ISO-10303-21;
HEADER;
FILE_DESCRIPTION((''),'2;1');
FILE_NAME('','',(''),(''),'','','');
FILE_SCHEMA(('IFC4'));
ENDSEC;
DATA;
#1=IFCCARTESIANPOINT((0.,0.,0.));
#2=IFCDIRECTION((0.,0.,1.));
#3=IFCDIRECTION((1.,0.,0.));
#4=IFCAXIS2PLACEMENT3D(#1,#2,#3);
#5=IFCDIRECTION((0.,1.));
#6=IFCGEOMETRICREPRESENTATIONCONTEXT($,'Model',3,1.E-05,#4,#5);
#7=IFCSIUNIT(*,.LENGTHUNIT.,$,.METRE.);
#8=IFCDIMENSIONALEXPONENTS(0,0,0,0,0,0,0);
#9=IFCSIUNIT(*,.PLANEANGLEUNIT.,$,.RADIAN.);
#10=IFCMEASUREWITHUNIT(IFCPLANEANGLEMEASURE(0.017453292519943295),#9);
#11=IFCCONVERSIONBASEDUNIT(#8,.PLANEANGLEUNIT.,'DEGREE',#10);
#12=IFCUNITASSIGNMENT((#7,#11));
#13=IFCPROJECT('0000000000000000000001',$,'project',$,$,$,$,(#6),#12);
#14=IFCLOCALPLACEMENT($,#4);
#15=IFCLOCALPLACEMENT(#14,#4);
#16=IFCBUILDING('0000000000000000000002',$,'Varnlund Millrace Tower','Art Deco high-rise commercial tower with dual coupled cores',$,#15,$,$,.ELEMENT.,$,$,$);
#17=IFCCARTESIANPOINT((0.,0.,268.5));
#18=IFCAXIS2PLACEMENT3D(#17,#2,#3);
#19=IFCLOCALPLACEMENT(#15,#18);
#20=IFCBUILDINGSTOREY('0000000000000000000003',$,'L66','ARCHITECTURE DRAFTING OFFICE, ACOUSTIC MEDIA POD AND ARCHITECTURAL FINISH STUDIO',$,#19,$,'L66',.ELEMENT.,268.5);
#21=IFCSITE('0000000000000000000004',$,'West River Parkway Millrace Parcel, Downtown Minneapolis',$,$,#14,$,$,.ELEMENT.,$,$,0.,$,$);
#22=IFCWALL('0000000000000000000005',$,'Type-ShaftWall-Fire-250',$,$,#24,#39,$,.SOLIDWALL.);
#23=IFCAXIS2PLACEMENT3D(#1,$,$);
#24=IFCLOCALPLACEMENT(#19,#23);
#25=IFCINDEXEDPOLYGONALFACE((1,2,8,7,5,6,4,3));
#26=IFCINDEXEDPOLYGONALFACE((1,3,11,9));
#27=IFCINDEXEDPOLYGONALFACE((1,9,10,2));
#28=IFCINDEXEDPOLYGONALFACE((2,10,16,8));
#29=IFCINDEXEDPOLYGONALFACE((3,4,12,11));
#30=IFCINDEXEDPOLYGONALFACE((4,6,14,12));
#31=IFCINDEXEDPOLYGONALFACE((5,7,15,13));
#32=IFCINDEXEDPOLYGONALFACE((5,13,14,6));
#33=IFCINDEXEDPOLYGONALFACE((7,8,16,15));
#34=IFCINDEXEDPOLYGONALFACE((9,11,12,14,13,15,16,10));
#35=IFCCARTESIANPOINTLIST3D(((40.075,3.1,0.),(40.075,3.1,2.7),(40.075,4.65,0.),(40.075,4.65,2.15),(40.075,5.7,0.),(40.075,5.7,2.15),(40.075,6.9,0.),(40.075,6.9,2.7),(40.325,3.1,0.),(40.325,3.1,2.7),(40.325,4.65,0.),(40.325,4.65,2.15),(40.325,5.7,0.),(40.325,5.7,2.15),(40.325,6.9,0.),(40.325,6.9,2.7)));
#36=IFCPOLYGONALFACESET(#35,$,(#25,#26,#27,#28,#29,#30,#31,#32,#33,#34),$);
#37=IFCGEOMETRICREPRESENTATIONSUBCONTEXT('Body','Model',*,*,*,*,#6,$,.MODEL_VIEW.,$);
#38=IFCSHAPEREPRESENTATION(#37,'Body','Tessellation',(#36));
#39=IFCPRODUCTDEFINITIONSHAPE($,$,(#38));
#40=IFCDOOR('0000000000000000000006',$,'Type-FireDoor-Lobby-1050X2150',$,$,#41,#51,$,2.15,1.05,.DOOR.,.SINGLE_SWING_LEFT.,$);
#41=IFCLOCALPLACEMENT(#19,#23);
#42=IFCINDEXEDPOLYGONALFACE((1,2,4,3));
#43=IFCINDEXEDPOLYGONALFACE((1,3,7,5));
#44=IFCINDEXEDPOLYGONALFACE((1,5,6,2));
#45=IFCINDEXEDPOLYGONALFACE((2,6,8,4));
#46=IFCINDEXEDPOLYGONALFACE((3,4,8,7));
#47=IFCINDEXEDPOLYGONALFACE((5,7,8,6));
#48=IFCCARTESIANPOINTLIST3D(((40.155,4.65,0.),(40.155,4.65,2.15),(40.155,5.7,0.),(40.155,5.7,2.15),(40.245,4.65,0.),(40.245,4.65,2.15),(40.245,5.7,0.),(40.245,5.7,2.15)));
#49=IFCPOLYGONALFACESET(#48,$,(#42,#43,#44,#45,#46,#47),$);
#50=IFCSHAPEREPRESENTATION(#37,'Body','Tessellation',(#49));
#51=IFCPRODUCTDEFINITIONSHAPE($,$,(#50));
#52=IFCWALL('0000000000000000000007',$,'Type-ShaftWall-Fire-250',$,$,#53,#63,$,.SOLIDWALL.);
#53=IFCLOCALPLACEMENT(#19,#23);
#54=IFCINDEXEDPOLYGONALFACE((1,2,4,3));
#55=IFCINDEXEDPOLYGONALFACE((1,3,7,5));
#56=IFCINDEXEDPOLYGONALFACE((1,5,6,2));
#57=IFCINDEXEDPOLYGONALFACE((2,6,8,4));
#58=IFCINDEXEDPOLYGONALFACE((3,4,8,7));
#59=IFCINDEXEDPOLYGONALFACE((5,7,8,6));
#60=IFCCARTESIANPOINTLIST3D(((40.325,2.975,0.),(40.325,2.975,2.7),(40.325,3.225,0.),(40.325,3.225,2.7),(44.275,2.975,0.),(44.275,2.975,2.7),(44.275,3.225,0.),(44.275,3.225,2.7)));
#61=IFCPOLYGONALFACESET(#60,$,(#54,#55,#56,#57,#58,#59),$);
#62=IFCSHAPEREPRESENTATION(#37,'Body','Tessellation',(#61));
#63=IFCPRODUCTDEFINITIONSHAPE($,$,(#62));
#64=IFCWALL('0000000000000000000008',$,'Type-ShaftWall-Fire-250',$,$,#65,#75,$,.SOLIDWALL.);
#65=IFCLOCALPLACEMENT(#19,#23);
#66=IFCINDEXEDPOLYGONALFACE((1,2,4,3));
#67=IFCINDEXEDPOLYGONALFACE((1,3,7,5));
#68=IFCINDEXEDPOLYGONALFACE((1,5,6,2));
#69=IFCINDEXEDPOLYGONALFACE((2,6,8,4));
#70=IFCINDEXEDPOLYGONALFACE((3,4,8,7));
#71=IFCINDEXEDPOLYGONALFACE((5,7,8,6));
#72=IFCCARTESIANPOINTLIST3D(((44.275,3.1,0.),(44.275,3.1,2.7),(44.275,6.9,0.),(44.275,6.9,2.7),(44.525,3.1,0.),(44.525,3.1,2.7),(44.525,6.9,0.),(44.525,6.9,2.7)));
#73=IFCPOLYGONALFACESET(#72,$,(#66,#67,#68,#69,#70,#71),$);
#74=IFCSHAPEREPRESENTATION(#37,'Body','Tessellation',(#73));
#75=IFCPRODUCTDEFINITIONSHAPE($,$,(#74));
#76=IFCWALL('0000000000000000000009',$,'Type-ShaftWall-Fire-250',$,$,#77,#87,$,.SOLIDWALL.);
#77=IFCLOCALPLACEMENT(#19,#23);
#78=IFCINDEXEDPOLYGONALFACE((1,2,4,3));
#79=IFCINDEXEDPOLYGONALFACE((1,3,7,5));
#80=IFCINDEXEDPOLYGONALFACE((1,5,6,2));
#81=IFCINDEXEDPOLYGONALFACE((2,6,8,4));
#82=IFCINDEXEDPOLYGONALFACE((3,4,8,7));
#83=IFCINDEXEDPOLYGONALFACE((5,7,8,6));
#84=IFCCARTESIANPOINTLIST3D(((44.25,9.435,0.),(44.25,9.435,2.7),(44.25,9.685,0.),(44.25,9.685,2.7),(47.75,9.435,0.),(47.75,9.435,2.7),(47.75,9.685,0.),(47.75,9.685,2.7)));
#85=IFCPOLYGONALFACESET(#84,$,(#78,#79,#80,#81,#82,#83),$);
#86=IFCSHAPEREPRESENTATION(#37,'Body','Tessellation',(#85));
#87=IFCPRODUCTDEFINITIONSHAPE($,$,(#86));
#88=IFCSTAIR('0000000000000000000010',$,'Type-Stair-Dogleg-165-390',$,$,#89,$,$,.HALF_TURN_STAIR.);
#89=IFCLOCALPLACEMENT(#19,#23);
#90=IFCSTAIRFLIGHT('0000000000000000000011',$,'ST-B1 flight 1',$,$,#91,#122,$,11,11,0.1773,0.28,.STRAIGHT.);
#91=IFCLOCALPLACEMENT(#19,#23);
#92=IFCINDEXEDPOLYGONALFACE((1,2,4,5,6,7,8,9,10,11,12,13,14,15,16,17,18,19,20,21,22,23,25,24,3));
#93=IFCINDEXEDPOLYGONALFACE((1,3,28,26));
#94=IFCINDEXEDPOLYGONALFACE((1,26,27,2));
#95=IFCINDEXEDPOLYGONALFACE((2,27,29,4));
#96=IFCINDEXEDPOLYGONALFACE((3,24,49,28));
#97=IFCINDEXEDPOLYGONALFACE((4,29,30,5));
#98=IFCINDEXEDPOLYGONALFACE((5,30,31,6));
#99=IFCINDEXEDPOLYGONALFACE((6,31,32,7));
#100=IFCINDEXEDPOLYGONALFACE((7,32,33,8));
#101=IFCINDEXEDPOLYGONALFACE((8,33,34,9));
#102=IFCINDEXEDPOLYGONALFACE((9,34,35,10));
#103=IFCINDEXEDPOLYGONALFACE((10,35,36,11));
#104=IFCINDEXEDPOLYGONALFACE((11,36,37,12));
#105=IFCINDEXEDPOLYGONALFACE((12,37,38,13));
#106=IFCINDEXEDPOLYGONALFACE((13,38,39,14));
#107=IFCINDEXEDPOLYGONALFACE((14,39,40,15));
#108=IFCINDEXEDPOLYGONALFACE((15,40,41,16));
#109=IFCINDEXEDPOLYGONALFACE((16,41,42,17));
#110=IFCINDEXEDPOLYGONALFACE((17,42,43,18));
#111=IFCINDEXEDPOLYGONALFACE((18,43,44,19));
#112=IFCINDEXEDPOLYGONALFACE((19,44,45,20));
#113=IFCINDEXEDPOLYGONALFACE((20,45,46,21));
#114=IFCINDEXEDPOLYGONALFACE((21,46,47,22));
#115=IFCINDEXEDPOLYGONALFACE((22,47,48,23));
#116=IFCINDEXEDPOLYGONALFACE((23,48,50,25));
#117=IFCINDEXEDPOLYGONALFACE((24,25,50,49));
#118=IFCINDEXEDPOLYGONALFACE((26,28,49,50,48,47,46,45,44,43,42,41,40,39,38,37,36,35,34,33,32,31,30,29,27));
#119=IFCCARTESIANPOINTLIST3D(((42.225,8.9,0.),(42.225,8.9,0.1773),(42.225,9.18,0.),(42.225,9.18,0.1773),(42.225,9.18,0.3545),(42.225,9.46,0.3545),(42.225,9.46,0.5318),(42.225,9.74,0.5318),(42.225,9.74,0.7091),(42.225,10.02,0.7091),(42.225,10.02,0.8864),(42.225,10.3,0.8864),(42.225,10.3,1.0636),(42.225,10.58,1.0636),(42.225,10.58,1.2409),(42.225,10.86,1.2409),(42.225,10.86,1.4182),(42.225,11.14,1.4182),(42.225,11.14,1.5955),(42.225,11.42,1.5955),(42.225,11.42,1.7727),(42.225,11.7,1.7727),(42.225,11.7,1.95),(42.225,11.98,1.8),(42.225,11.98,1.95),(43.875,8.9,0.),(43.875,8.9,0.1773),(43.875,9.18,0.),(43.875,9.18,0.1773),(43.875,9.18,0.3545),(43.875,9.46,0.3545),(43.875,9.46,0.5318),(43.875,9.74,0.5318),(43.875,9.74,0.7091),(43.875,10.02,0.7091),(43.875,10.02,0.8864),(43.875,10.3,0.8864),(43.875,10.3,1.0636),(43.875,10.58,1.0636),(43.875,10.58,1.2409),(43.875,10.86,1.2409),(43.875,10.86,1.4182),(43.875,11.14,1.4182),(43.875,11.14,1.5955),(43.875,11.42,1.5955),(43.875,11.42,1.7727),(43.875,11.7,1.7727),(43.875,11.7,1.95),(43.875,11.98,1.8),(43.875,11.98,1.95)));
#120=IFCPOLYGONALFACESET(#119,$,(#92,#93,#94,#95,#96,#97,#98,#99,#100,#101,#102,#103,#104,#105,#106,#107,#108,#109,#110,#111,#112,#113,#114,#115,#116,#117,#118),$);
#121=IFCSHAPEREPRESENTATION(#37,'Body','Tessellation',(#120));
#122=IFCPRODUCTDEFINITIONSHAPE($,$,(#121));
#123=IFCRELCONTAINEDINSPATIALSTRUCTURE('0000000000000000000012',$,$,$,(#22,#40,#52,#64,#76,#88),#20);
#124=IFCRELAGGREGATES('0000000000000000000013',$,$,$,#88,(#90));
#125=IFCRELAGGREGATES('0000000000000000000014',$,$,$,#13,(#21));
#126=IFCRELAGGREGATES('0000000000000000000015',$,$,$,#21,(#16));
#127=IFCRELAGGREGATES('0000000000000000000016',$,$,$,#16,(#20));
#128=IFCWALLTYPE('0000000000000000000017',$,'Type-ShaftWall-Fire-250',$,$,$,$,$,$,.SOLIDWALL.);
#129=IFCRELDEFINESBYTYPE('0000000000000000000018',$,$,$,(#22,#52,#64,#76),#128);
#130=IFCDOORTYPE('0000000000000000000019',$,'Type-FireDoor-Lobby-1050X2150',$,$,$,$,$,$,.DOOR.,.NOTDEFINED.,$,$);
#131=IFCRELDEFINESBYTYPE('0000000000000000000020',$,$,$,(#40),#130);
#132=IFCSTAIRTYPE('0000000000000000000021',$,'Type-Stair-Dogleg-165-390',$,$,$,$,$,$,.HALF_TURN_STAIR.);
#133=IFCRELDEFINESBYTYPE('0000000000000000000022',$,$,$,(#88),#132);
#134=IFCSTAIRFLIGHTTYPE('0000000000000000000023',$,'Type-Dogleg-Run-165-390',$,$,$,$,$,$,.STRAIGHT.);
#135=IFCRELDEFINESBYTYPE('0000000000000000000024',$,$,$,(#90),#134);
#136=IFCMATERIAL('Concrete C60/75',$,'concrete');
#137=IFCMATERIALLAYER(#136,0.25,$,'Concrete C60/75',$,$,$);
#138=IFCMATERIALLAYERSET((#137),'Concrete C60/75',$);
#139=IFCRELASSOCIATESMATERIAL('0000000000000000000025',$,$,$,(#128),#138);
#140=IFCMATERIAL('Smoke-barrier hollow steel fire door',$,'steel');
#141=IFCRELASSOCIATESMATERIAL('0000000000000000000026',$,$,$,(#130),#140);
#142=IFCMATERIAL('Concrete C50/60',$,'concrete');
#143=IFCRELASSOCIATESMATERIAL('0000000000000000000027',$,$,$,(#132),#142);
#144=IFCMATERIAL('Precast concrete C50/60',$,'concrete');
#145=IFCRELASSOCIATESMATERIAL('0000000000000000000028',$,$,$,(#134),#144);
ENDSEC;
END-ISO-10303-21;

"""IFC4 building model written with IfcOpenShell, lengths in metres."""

from ifc_helpers import new_model, entity, si_unit, converted_unit, direction, frame, origin_with_axes, origin_2d_with_axis, place, context, subcontext, project, spatial, polyline, rectangle, outline, extrude, material, layer, layer_set, type_object, element, fill, aggregate, save


model = new_model("IFC4")

# Units and contexts
model_context = context("Model", 3, precision=1e-05, world=origin_with_axes(), true_north=direction((0.0, 1.0)))
body_context = subcontext(model_context, "Body", "Model", "MODEL_VIEW")
ifc_project = project(units=[si_unit("LENGTHUNIT", "METRE"), converted_unit("PLANEANGLEUNIT", "DEGREE", entity("IfcPlaneAngleMeasure", 0.017453292519943295), si_unit("PLANEANGLEUNIT", "RADIAN"), dimensions=[0, 0, 0, 0, 0, 0, 0])], contexts=[model_context])

# Site, building, storey
site_placement = place(None, origin_with_axes())
site = spatial("IfcSite", under=ifc_project, at=site_placement, Name="West River Parkway Millrace Parcel, Downtown Minneapolis", CompositionType="ELEMENT", RefElevation=0.0)
building_placement = place(site_placement, origin_with_axes())
building = spatial("IfcBuilding", under=site, at=building_placement, Name="Varnlund Millrace Tower", Description="Art Deco high-rise commercial tower with dual coupled cores", CompositionType="ELEMENT")
storey_placement = place(building_placement, frame((0.0, 0.0, 268.5), z_axis=(0.0, 0.0, 1.0), x_axis=(1.0, 0.0, 0.0)))
storey = spatial("IfcBuildingStorey", under=building, at=storey_placement, Name="L66", Description="ARCHITECTURE DRAFTING OFFICE, ACOUSTIC MEDIA POD AND ARCHITECTURAL FINISH STUDIO", LongName="L66", CompositionType="ELEMENT", Elevation=268.5)

# Shared definitions
ifc_material_1 = material(Name="Concrete C60/75", Category="concrete")

# Wall, opening, door
ifc_layer = layer(ifc_material_1, 0.25, Name="Concrete C60/75")
ifc_layer_set = layer_set([ifc_layer], Name="Concrete C60/75")
wall_type = type_object("IfcWallType", Name="Type-ShaftWall-Fire-250", PredefinedType="SOLIDWALL", material=ifc_layer_set)
wall_1_placement = place(storey_placement, frame((40.2, 3.1, 0.0), z_axis=(0.0, 0.0, 1.0), x_axis=(0.0, 1.0, 0.0)))
wall_1 = element("IfcWall", 1, at=wall_1_placement, inside=storey, type_object=wall_type, Name="Type-ShaftWall-Fire-250", PredefinedType="SOLIDWALL", context=body_context, shape_type="SweptSolid", body=[
    extrude(outline(polyline([(0.0, -0.125), (3.8, -0.125), (3.8, 0.125), (0.0, 0.125), (0.0, -0.125)])), origin_with_axes(), (0.0, 0.0, 1.0), 2.7),
])
opening_1_placement = place(wall_1_placement, frame((2.075, 0.0, 0.0), z_axis=(0.0, 0.0, 1.0), x_axis=(1.0, 0.0, 0.0)))
opening_1 = element("IfcOpeningElement", 2, at=opening_1_placement, cuts=wall_1, PredefinedType="OPENING", context=body_context, shape_type="SweptSolid", body=[
    extrude(rectangle(XDim=1.05, YDim=0.27, at=origin_2d_with_axis()), origin_with_axes(), (0.0, 0.0, 1.0), 2.15),
])
ifc_material_2 = material(Name="Smoke-barrier hollow steel fire door", Category="steel")
door_type_1 = type_object("IfcDoorType", Name="Type-FireDoor-Lobby-1050X2150", OperationType="NOTDEFINED", PredefinedType="DOOR", material=ifc_material_2)
door_1_placement = place(wall_1_placement, frame((2.075, 0.0, 0.0), z_axis=(0.0, 0.0, 1.0), x_axis=(1.0, 0.0, 0.0)))
door_1 = element("IfcDoor", 3, at=door_1_placement, inside=storey, type_object=door_type_1, Name="Type-FireDoor-Lobby-1050X2150", OperationType="SINGLE_SWING_LEFT", OverallHeight=2.15, OverallWidth=1.05, PredefinedType="DOOR", context=body_context, shape_type="SweptSolid", body=[
    extrude(rectangle(XDim=1.05, YDim=0.09, at=origin_2d_with_axis()), origin_with_axes(), (0.0, 0.0, 1.0), 2.15),
])
fill(opening_1, door_1)

# Walls
wall_2_placement = place(storey_placement, frame((40.325, 3.1, 0.0), z_axis=(0.0, 0.0, 1.0), x_axis=(1.0, 0.0, 0.0)))
element("IfcWall", 4, at=wall_2_placement, inside=storey, type_object=wall_type, Name="Type-ShaftWall-Fire-250", PredefinedType="SOLIDWALL", context=body_context, shape_type="SweptSolid", body=[
    extrude(outline(polyline([(0.0, -0.125), (3.95, -0.125), (3.95, 0.125), (0.0, 0.125), (0.0, -0.125)])), origin_with_axes(), (0.0, 0.0, 1.0), 2.7),
])
wall_3_placement = place(storey_placement, frame((44.4, 3.1, 0.0), z_axis=(0.0, 0.0, 1.0), x_axis=(0.0, 1.0, 0.0)))
element("IfcWall", 5, at=wall_3_placement, inside=storey, type_object=wall_type, Name="Type-ShaftWall-Fire-250", PredefinedType="SOLIDWALL", context=body_context, shape_type="SweptSolid", body=[
    extrude(outline(polyline([(0.0, -0.125), (3.8, -0.125), (3.8, 0.125), (0.0, 0.125), (0.0, -0.125)])), origin_with_axes(), (0.0, 0.0, 1.0), 2.7),
])
wall_4_placement = place(storey_placement, frame((44.25, 9.56, 0.0), z_axis=(0.0, 0.0, 1.0), x_axis=(1.0, 0.0, 0.0)))
element("IfcWall", 6, at=wall_4_placement, inside=storey, type_object=wall_type, Name="Type-ShaftWall-Fire-250", PredefinedType="SOLIDWALL", context=body_context, shape_type="SweptSolid", body=[
    extrude(outline(polyline([(0.0, -0.125), (3.5, -0.125), (3.5, 0.125), (0.0, 0.125), (0.0, -0.125)])), origin_with_axes(), (0.0, 0.0, 1.0), 2.7),
])

# Stair, stair flight
ifc_material_3 = material(Name="Concrete C50/60", Category="concrete")
stair_type = type_object("IfcStairType", Name="Type-Stair-Dogleg-165-390", PredefinedType="HALF_TURN_STAIR", material=ifc_material_3)
stair_placement = place(storey_placement, origin_with_axes())
stair = element("IfcStair", 7, at=stair_placement, inside=storey, type_object=stair_type, Name="Type-Stair-Dogleg-165-390", PredefinedType="HALF_TURN_STAIR")
ifc_material_4 = material(Name="Precast concrete C50/60", Category="concrete")
stair_flight_type = type_object("IfcStairFlightType", Name="Type-Dogleg-Run-165-390", PredefinedType="STRAIGHT", material=ifc_material_4)
stair_flight_placement = place(storey_placement, frame((42.225, 8.9, 0.0), z_axis=(1.0, 0.0, 0.0), x_axis=(0.0, 1.0, 0.0)))
stair_flight = element("IfcStairFlight", 8, at=stair_flight_placement, type_object=stair_flight_type, Name="ST-B1 flight 1", NumberOfRisers=11, NumberOfTreads=11, PredefinedType="STRAIGHT", RiserHeight=0.1773, TreadLength=0.28, context=body_context, shape_type="SweptSolid", body=[
    extrude(outline(polyline([(0.0, 0.0), (0.0, 0.1773), (0.28, 0.1773), (0.28, 0.3545), (0.56, 0.3545), (0.56, 0.5318), (0.84, 0.5318), (0.84, 0.7091), (1.12, 0.7091), (1.12, 0.8864), (1.4, 0.8864), (1.4, 1.0636), (1.68, 1.0636), (1.68, 1.2409), (1.96, 1.2409), (1.96, 1.4182), (2.24, 1.4182), (2.24, 1.5955), (2.52, 1.5955), (2.52, 1.7727), (2.8, 1.7727), (2.8, 1.95), (3.08, 1.95), (3.08, 1.8), (0.28, 0.0), (0.0, 0.0)])), origin_with_axes(), (0.0, 0.0, 1.0), 1.65),
])
aggregate(stair, [stair_flight])

save(model, "model.ifc")
